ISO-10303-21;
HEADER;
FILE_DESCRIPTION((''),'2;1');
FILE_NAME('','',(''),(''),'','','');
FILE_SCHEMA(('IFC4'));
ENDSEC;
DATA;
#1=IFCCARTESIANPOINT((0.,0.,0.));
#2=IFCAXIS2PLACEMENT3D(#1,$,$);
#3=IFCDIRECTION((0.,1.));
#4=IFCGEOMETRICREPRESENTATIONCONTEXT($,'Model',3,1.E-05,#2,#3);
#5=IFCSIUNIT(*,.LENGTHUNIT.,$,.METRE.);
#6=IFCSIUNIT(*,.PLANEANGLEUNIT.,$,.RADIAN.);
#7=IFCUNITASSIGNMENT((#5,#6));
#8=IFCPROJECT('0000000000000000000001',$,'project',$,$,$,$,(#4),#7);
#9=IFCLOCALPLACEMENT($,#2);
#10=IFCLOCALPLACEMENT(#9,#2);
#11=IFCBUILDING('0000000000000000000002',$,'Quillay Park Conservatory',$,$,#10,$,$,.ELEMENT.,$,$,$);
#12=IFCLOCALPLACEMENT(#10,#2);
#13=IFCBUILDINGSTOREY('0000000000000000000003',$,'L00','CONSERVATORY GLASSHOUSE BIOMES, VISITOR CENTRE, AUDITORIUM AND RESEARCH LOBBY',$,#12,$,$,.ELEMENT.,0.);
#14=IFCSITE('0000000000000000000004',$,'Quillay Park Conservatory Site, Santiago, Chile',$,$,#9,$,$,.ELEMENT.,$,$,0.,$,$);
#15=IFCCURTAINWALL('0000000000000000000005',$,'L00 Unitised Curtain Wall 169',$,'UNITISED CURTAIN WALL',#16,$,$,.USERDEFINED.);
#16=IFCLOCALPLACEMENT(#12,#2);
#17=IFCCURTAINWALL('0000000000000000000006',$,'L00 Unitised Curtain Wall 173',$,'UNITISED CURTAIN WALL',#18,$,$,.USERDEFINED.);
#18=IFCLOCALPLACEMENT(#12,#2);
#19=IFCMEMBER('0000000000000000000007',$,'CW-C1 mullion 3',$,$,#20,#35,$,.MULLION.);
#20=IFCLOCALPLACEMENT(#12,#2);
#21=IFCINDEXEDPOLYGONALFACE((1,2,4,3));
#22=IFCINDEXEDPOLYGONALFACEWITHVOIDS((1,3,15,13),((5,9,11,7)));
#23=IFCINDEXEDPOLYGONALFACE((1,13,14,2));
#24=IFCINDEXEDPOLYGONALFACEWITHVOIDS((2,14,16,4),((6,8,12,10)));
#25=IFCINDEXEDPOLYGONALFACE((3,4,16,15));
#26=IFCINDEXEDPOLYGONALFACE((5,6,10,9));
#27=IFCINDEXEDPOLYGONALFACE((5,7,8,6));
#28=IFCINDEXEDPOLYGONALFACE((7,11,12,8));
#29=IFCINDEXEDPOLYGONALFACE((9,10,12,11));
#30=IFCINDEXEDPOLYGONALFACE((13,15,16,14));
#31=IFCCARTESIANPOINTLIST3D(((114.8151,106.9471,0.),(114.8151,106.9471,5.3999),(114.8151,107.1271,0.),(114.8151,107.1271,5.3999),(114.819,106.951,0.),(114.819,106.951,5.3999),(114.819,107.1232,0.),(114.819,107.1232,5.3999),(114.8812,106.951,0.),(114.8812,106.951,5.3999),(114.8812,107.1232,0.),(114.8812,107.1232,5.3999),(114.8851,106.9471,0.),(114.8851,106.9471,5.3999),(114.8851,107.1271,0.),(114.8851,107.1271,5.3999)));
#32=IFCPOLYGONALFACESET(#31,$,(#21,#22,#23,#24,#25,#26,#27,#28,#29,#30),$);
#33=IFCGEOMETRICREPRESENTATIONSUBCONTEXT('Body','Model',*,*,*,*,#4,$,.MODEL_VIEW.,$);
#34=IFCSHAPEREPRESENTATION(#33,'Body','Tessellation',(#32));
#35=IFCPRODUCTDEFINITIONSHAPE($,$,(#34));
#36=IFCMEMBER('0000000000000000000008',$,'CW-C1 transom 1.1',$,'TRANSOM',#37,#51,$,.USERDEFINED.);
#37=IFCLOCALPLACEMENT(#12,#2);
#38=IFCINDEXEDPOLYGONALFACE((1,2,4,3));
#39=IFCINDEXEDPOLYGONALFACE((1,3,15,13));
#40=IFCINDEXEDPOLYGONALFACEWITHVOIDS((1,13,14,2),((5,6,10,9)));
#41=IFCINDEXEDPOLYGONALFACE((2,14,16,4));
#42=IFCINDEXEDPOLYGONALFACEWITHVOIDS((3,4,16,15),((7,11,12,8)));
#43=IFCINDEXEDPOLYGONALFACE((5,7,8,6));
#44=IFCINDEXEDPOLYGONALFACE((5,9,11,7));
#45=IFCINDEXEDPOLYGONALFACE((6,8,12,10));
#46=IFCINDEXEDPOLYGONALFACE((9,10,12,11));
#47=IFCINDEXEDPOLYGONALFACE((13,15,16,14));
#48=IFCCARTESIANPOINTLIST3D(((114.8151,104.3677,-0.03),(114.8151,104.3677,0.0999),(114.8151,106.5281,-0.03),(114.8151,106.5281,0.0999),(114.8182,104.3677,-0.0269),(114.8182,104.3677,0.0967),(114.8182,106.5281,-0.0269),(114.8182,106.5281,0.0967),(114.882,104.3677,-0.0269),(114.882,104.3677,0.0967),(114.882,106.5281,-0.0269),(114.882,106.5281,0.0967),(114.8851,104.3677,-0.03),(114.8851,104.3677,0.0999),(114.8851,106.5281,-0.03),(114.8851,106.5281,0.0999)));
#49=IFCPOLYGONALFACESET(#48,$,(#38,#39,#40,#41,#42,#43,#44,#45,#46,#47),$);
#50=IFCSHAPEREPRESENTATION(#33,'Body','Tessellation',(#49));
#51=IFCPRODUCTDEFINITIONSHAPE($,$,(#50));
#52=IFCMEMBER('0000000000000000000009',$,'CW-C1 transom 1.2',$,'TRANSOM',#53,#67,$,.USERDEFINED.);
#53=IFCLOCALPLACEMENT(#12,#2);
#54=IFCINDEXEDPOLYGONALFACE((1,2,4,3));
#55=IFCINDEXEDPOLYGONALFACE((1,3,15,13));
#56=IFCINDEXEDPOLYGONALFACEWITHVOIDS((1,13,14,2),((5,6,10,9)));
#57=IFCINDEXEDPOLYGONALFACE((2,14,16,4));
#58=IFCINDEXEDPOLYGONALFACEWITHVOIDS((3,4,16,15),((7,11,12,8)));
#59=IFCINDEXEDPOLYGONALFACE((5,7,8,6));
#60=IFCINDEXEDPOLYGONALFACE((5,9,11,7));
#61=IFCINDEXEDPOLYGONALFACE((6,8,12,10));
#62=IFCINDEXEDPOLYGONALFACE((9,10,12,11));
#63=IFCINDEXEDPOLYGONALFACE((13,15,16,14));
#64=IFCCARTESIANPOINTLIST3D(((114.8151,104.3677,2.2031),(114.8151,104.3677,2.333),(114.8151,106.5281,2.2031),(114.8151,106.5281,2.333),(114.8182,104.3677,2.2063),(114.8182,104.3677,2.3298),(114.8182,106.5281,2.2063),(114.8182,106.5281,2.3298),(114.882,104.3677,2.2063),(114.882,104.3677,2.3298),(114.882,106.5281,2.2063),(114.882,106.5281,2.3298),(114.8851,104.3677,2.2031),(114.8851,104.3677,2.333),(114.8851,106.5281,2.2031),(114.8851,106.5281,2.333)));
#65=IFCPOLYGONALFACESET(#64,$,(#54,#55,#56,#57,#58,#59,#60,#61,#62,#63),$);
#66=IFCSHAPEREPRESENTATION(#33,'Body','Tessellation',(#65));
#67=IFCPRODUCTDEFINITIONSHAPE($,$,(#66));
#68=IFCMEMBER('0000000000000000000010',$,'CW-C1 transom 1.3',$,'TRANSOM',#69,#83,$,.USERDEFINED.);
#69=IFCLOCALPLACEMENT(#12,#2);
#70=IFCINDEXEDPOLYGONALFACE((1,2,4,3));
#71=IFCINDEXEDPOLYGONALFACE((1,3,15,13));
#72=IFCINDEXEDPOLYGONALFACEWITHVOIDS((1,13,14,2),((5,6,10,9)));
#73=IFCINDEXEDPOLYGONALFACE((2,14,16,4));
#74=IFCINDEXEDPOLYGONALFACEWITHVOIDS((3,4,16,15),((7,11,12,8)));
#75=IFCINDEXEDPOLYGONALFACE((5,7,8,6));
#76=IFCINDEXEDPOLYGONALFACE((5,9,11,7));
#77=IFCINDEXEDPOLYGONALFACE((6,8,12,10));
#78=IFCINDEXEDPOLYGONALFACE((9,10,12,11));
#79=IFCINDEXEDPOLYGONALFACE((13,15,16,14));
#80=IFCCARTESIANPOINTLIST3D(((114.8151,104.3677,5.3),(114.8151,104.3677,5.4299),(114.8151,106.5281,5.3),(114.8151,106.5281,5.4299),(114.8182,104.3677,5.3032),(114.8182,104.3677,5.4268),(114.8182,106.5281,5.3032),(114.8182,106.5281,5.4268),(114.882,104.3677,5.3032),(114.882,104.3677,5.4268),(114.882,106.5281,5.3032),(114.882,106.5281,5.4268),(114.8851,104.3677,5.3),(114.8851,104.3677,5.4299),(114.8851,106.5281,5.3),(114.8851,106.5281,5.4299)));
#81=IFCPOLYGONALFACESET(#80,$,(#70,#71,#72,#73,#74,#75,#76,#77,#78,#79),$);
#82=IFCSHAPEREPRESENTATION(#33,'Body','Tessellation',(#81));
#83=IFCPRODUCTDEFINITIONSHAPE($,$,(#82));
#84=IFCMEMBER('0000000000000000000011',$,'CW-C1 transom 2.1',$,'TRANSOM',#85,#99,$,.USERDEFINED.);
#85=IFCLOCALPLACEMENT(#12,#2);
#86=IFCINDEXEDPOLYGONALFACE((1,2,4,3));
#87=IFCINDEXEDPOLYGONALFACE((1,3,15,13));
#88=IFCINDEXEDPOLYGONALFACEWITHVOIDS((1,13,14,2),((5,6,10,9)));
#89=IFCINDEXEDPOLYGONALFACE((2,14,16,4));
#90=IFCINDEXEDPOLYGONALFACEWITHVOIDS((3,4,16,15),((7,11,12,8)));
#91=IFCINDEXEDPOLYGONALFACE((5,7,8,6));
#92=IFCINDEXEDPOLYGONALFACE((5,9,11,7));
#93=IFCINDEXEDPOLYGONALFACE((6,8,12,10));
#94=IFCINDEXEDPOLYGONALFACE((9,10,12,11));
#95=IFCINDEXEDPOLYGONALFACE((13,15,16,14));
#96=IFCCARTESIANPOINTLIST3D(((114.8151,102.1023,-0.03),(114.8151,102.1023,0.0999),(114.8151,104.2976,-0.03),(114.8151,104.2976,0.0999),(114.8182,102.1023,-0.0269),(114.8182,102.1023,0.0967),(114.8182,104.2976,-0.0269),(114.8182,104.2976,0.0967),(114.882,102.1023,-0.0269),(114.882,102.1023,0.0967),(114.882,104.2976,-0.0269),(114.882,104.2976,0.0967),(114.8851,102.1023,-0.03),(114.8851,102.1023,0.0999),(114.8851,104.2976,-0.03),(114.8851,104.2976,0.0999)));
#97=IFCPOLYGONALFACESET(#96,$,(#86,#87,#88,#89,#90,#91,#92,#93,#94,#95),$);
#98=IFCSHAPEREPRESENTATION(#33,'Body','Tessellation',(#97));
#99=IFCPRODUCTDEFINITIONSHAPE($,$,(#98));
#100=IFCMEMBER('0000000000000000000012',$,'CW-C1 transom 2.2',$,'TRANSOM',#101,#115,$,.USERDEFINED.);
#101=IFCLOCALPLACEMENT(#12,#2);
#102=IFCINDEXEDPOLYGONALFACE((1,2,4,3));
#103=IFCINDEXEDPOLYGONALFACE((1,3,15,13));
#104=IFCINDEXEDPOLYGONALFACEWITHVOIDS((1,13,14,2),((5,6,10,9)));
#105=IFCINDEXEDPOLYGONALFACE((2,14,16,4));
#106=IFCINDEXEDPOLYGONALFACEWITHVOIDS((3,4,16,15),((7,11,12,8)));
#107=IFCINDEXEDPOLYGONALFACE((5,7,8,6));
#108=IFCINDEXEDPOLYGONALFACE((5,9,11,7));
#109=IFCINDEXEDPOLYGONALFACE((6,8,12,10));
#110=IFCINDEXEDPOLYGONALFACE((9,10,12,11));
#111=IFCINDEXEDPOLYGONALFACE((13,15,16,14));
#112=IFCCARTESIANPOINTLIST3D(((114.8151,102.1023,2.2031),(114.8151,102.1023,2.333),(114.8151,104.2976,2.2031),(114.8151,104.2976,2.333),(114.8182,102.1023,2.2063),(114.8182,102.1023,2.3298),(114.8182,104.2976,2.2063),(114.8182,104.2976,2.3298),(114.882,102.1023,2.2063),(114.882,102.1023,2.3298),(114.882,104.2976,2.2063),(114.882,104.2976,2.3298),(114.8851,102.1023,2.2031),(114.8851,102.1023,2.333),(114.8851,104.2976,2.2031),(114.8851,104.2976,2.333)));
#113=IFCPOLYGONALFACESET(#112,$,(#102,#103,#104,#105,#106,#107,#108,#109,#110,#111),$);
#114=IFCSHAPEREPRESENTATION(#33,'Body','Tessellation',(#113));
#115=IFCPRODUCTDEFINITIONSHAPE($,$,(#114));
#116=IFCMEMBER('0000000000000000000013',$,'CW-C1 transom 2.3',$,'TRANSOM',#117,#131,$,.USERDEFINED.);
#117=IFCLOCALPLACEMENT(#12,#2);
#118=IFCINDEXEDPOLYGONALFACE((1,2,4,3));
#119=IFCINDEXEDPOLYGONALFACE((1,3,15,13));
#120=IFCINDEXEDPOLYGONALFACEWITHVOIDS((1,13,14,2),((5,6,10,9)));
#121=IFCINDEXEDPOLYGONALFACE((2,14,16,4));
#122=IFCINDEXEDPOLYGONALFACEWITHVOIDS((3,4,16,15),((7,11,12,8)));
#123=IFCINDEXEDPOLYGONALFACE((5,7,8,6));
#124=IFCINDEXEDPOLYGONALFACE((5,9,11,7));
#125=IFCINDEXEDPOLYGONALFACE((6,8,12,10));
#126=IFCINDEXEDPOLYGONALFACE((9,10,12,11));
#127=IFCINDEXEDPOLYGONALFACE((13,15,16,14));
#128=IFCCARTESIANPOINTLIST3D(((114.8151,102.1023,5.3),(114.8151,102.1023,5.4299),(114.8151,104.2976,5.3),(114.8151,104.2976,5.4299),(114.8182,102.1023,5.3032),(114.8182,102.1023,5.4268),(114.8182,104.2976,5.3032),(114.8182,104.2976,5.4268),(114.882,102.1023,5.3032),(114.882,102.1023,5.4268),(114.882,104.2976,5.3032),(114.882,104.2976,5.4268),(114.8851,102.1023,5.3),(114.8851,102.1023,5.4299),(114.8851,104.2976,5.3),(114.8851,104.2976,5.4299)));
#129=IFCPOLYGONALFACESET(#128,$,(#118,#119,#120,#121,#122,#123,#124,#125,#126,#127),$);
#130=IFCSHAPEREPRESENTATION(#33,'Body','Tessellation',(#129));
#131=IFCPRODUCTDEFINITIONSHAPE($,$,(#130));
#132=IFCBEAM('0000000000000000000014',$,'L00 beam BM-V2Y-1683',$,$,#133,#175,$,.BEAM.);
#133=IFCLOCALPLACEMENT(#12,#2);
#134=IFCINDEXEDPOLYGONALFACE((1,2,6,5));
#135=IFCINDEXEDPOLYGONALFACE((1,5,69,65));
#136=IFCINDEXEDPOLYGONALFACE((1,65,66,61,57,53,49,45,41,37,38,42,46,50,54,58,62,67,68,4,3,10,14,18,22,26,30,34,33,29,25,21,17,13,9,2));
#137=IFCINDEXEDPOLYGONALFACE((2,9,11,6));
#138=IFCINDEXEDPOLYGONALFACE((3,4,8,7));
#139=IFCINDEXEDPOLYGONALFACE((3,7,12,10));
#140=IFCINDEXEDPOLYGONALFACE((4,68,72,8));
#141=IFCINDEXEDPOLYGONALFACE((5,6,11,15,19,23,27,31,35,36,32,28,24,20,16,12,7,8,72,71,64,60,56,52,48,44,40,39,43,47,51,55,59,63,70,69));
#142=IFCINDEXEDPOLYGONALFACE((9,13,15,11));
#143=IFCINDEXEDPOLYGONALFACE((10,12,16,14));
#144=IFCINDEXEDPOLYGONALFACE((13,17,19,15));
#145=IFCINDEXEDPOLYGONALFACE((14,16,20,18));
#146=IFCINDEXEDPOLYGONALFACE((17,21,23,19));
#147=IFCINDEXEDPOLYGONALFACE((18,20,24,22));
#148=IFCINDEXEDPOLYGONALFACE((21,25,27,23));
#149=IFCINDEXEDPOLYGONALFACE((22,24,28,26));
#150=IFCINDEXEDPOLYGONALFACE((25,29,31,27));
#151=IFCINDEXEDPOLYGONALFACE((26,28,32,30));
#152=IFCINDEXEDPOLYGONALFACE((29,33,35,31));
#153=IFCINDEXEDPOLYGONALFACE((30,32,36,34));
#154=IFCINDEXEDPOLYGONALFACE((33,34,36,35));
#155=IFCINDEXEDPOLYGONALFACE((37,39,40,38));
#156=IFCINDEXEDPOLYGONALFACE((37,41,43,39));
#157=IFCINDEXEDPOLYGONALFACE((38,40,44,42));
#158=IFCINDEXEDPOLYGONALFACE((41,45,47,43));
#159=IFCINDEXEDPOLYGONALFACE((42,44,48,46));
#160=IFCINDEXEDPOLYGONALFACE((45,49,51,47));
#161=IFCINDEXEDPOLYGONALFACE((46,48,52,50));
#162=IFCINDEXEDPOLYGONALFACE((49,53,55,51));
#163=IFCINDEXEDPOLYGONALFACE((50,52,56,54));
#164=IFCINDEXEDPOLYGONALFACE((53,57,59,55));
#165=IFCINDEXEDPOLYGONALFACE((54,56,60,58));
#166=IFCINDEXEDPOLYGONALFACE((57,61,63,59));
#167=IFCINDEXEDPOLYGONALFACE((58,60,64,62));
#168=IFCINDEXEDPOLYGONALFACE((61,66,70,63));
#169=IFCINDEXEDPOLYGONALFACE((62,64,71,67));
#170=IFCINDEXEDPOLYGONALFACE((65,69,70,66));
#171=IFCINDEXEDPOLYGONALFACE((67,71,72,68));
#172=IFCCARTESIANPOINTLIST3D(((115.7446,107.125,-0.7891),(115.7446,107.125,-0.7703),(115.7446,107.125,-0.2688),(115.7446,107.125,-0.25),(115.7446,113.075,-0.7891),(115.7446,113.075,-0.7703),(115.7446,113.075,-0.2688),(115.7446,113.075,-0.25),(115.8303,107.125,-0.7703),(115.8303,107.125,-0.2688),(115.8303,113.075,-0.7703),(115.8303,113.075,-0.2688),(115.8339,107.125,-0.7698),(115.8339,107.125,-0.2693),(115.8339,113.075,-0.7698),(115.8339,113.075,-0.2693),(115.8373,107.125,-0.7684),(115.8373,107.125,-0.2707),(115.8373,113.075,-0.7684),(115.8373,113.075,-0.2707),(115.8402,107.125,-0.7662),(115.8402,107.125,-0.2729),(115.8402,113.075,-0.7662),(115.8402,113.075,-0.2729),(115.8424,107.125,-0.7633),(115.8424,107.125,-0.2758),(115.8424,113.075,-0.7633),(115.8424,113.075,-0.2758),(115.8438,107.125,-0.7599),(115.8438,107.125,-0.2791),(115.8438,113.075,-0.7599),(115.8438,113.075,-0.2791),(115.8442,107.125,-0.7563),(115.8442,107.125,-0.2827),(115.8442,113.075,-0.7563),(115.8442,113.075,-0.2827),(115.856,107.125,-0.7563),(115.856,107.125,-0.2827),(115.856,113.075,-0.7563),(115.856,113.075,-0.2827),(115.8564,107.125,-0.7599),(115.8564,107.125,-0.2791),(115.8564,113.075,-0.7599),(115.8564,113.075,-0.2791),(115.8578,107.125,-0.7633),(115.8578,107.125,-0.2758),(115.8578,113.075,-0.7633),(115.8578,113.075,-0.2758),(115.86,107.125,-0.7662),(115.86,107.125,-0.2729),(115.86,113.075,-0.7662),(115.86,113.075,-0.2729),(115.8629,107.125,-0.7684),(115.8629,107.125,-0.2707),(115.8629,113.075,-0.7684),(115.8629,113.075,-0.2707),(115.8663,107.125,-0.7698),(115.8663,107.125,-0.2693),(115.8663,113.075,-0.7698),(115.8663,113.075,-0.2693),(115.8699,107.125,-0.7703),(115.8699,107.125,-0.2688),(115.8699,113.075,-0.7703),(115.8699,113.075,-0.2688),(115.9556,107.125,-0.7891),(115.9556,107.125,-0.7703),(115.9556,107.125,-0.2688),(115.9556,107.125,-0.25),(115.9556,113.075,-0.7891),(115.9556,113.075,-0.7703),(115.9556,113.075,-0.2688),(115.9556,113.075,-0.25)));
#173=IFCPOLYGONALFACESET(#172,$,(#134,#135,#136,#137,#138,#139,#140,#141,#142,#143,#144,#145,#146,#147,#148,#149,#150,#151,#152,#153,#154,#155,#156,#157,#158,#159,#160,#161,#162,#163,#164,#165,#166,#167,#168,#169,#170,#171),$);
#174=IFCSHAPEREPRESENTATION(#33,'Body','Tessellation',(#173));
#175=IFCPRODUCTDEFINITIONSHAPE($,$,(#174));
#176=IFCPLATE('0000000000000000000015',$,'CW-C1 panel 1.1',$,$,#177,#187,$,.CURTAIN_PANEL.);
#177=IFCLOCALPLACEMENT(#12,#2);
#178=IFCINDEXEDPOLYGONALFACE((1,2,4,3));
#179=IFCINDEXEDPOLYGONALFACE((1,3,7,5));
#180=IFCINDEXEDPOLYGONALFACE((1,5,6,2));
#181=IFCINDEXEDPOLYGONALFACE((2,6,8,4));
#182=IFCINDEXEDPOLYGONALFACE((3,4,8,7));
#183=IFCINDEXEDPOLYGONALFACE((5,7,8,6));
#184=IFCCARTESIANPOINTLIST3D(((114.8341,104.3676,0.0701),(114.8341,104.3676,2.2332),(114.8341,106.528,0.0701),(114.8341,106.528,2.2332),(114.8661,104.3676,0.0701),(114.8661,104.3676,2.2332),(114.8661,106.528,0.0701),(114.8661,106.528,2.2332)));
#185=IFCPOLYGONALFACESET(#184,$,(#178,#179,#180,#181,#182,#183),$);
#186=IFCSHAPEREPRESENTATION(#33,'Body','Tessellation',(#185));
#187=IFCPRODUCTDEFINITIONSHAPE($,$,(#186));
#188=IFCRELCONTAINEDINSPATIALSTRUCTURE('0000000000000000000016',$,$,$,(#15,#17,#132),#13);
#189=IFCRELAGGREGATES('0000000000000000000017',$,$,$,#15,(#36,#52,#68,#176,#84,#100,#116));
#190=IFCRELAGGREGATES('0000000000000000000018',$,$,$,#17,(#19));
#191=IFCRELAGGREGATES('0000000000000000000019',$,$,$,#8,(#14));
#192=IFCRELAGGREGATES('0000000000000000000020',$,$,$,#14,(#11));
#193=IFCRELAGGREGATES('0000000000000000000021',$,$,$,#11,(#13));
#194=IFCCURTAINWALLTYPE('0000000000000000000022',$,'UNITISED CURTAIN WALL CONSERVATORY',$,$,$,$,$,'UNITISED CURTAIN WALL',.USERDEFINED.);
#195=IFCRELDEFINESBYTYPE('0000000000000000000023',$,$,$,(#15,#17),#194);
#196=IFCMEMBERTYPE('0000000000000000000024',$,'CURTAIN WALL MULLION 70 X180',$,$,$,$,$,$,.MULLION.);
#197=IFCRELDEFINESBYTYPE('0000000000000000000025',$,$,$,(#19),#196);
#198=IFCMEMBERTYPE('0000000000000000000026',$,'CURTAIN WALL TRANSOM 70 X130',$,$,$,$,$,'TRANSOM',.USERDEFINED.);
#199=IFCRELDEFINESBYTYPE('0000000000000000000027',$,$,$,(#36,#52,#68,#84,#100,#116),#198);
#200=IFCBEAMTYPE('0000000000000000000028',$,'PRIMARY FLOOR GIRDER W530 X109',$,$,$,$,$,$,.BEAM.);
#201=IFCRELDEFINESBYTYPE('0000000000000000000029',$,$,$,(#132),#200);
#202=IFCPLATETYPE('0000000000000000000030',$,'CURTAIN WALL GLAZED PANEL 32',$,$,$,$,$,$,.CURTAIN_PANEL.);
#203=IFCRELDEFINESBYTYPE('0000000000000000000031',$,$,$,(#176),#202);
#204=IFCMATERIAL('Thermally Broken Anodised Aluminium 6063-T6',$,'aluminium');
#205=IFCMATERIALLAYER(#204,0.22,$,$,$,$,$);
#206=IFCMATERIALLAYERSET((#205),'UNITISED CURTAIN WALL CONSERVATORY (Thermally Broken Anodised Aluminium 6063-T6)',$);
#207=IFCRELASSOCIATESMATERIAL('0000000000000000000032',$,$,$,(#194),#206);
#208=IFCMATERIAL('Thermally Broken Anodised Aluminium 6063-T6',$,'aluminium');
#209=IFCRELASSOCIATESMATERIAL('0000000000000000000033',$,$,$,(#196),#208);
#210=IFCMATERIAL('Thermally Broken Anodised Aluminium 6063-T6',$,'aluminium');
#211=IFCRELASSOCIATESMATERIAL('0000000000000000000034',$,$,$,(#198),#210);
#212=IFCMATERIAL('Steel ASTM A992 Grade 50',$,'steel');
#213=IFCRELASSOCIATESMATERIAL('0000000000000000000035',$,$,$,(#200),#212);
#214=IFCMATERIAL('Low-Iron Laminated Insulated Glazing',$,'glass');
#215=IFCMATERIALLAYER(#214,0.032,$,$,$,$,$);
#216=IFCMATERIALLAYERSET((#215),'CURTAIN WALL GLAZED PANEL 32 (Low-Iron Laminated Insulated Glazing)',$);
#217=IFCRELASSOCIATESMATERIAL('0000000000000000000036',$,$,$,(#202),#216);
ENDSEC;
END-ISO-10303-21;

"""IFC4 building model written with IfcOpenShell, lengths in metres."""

from ifc_helpers import new_model, si_unit, direction, frame, origin, origin_2d, place, context, subcontext, project, spatial, rectangle, hollow_rectangle, i_section, extrude, material, layer, layer_set, material_profile, profile_set, type_object, element, aggregate, save


model = new_model("IFC4")

# Units and contexts
model_context = context("Model", 3, precision=1e-05, world=origin(), true_north=direction((0.0, 1.0)))
body_context = subcontext(model_context, "Body", "Model", "MODEL_VIEW")
ifc_project = project(units=[si_unit("LENGTHUNIT", "METRE"), si_unit("PLANEANGLEUNIT", "RADIAN")], contexts=[model_context])

# Site, building, storey
site_placement = place(None, origin())
site = spatial("IfcSite", under=ifc_project, at=site_placement, Name="Quillay Park Conservatory Site, Santiago, Chile", CompositionType="ELEMENT", RefElevation=0.0)
building_placement = place(site_placement, origin())
building = spatial("IfcBuilding", under=site, at=building_placement, Name="Quillay Park Conservatory", CompositionType="ELEMENT")
storey_placement = place(building_placement, origin())
storey = spatial("IfcBuildingStorey", under=building, at=storey_placement, Name="L00", Description="CONSERVATORY GLASSHOUSE BIOMES, VISITOR CENTRE, AUDITORIUM AND RESEARCH LOBBY", CompositionType="ELEMENT", Elevation=0.0)

# Curtain wall
ifc_material_1 = material(Name="Thermally Broken Anodised Aluminium 6063-T6", Category="aluminium")
ifc_layer_1 = layer(ifc_material_1, 0.22)
ifc_layer_set_1 = layer_set([ifc_layer_1], Name="UNITISED CURTAIN WALL CONSERVATORY (Thermally Broken Anodised Aluminium 6063-T6)")
curtain_wall_type_1 = type_object("IfcCurtainWallType", Name="UNITISED CURTAIN WALL CONSERVATORY", ElementType="UNITISED CURTAIN WALL", PredefinedType="USERDEFINED", material=ifc_layer_set_1)
curtain_wall_1_placement = place(storey_placement, origin())
curtain_wall_1 = element("IfcCurtainWall", 1, at=curtain_wall_1_placement, inside=storey, type_object=curtain_wall_type_1, Name="L00 Unitised Curtain Wall 169", ObjectType="UNITISED CURTAIN WALL", PredefinedType="USERDEFINED")
ifc_material_2 = material(Name="Thermally Broken Anodised Aluminium 6063-T6", Category="aluminium")
ifc_material_profile_1 = material_profile(ifc_material_2, hollow_rectangle(XDim=0.0701, YDim=0.1799, WallThickness=0.0039, at=origin_2d()), Name="AL70x180x4")
ifc_profile_set_1 = profile_set([ifc_material_profile_1], Name="Thermally Broken Anodised Aluminium 6063-T6")
member_type_1 = type_object("IfcMemberType", Name="CURTAIN WALL MULLION 70 X180", PredefinedType="MULLION", material=ifc_profile_set_1)

# Curtain wall, member
curtain_wall_2_placement = place(storey_placement, origin())
curtain_wall_2 = element("IfcCurtainWall", 2, at=curtain_wall_2_placement, inside=storey, type_object=curtain_wall_type_1, Name="L00 Unitised Curtain Wall 173", ObjectType="UNITISED CURTAIN WALL", PredefinedType="USERDEFINED")
member_1_placement = place(storey_placement, frame((114.8501, 107.0371, 0.0), z_axis=(0.0, 0.0, 1.0), x_axis=(1.0, 0.0, 0.0)))
member_1 = element("IfcMember", 3, at=member_1_placement, type_object=member_type_1, Name="CW-C1 mullion 3", PredefinedType="MULLION", context=body_context, shape_type="SweptSolid", body=[
    extrude(hollow_rectangle(XDim=0.0701, YDim=0.1799, WallThickness=0.0039, at=origin_2d()), origin(), (0.0, 0.0, 1.0), 5.3999),
])

# Members
ifc_material_3 = material(Name="Thermally Broken Anodised Aluminium 6063-T6", Category="aluminium")
ifc_material_profile_2 = material_profile(ifc_material_3, hollow_rectangle(XDim=0.0701, YDim=0.1299, WallThickness=0.0032, at=origin_2d()), Name="AL70x130x3.2")
ifc_profile_set_2 = profile_set([ifc_material_profile_2], Name="Thermally Broken Anodised Aluminium 6063-T6")
member_type_2 = type_object("IfcMemberType", Name="CURTAIN WALL TRANSOM 70 X130", ElementType="TRANSOM", PredefinedType="USERDEFINED", material=ifc_profile_set_2)
member_2_placement = place(storey_placement, frame((114.8501, 106.5281, 0.0349), z_axis=(0.0, -1.0, 0.0), x_axis=(1.0, 0.0, 0.0)))
member_2 = element("IfcMember", 4, at=member_2_placement, type_object=member_type_2, Name="CW-C1 transom 1.1", ObjectType="TRANSOM", PredefinedType="USERDEFINED", context=body_context, shape_type="SweptSolid", body=[
    extrude(hollow_rectangle(XDim=0.0701, YDim=0.1299, WallThickness=0.0032, at=origin_2d()), origin(), (0.0, 0.0, 1.0), 2.1604),
])
member_3_placement = place(storey_placement, frame((114.8501, 106.5281, 2.2681), z_axis=(0.0, -1.0, 0.0), x_axis=(1.0, 0.0, 0.0)))
member_3 = element("IfcMember", 5, at=member_3_placement, type_object=member_type_2, Name="CW-C1 transom 1.2", ObjectType="TRANSOM", PredefinedType="USERDEFINED", context=body_context, shape_type="SweptSolid", body=[
    extrude(hollow_rectangle(XDim=0.0701, YDim=0.1299, WallThickness=0.0032, at=origin_2d()), origin(), (0.0, 0.0, 1.0), 2.1604),
])
member_4_placement = place(storey_placement, frame((114.8501, 106.5281, 5.365), z_axis=(0.0, -1.0, 0.0), x_axis=(1.0, 0.0, 0.0)))
member_4 = element("IfcMember", 6, at=member_4_placement, type_object=member_type_2, Name="CW-C1 transom 1.3", ObjectType="TRANSOM", PredefinedType="USERDEFINED", context=body_context, shape_type="SweptSolid", body=[
    extrude(hollow_rectangle(XDim=0.0701, YDim=0.1299, WallThickness=0.0032, at=origin_2d()), origin(), (0.0, 0.0, 1.0), 2.1604),
])
member_5_placement = place(storey_placement, frame((114.8501, 104.2976, 0.0349), z_axis=(0.0, -1.0, 0.0), x_axis=(1.0, 0.0, 0.0)))
member_5 = element("IfcMember", 7, at=member_5_placement, type_object=member_type_2, Name="CW-C1 transom 2.1", ObjectType="TRANSOM", PredefinedType="USERDEFINED", context=body_context, shape_type="SweptSolid", body=[
    extrude(hollow_rectangle(XDim=0.0701, YDim=0.1299, WallThickness=0.0032, at=origin_2d()), origin(), (0.0, 0.0, 1.0), 2.1953),
])
member_6_placement = place(storey_placement, frame((114.8501, 104.2976, 2.2681), z_axis=(0.0, -1.0, 0.0), x_axis=(1.0, 0.0, 0.0)))
member_6 = element("IfcMember", 8, at=member_6_placement, type_object=member_type_2, Name="CW-C1 transom 2.2", ObjectType="TRANSOM", PredefinedType="USERDEFINED", context=body_context, shape_type="SweptSolid", body=[
    extrude(hollow_rectangle(XDim=0.0701, YDim=0.1299, WallThickness=0.0032, at=origin_2d()), origin(), (0.0, 0.0, 1.0), 2.1953),
])
member_7_placement = place(storey_placement, frame((114.8501, 104.2976, 5.365), z_axis=(0.0, -1.0, 0.0), x_axis=(1.0, 0.0, 0.0)))
member_7 = element("IfcMember", 9, at=member_7_placement, type_object=member_type_2, Name="CW-C1 transom 2.3", ObjectType="TRANSOM", PredefinedType="USERDEFINED", context=body_context, shape_type="SweptSolid", body=[
    extrude(hollow_rectangle(XDim=0.0701, YDim=0.1299, WallThickness=0.0032, at=origin_2d()), origin(), (0.0, 0.0, 1.0), 2.1953),
])

# Beam
ifc_material_4 = material(Name="Steel ASTM A992 Grade 50", Category="steel")
ifc_material_profile_3 = material_profile(ifc_material_4, i_section(OverallWidth=0.2109, OverallDepth=0.5391, WebThickness=0.0117, FlangeThickness=0.0188, FilletRadius=0.0139, at=origin_2d()), Name="W530x109")
ifc_profile_set_3 = profile_set([ifc_material_profile_3], Name="Steel ASTM A992 Grade 50")
beam_type = type_object("IfcBeamType", Name="PRIMARY FLOOR GIRDER W530 X109", PredefinedType="BEAM", material=ifc_profile_set_3)
beam_placement = place(storey_placement, frame((115.8501, 107.125, -0.5195), z_axis=(0.0, 1.0, 0.0), x_axis=(-1.0, 0.0, 0.0)))
element("IfcBeam", 10, at=beam_placement, inside=storey, type_object=beam_type, Name="L00 beam BM-V2Y-1683", PredefinedType="BEAM", context=body_context, shape_type="SweptSolid", body=[
    extrude(i_section(OverallWidth=0.2109, OverallDepth=0.5391, WebThickness=0.0117, FlangeThickness=0.0188, FilletRadius=0.0139, at=origin_2d()), origin(), (0.0, 0.0, 1.0), 5.95),
])

# Plate
ifc_material_5 = material(Name="Low-Iron Laminated Insulated Glazing", Category="glass")
ifc_layer_2 = layer(ifc_material_5, 0.032)
ifc_layer_set_2 = layer_set([ifc_layer_2], Name="CURTAIN WALL GLAZED PANEL 32 (Low-Iron Laminated Insulated Glazing)")
plate_type_1 = type_object("IfcPlateType", Name="CURTAIN WALL GLAZED PANEL 32", PredefinedType="CURTAIN_PANEL", material=ifc_layer_set_2)
plate_1_placement = place(storey_placement, frame((114.8501, 105.4478, 0.0701), z_axis=(0.0, 0.0, 1.0), x_axis=(0.0, -1.0, 0.0)))
plate_1 = element("IfcPlate", 11, at=plate_1_placement, type_object=plate_type_1, Name="CW-C1 panel 1.1", PredefinedType="CURTAIN_PANEL", context=body_context, shape_type="SweptSolid", body=[
    extrude(rectangle(XDim=2.1604, YDim=0.032, at=origin_2d()), origin(), (0.0, 0.0, 1.0), 2.1631),
])
aggregate(curtain_wall_1, [member_2, member_3, member_4, plate_1, member_5, member_6, member_7])
aggregate(curtain_wall_2, [member_1])

save(model, "model.ifc")
